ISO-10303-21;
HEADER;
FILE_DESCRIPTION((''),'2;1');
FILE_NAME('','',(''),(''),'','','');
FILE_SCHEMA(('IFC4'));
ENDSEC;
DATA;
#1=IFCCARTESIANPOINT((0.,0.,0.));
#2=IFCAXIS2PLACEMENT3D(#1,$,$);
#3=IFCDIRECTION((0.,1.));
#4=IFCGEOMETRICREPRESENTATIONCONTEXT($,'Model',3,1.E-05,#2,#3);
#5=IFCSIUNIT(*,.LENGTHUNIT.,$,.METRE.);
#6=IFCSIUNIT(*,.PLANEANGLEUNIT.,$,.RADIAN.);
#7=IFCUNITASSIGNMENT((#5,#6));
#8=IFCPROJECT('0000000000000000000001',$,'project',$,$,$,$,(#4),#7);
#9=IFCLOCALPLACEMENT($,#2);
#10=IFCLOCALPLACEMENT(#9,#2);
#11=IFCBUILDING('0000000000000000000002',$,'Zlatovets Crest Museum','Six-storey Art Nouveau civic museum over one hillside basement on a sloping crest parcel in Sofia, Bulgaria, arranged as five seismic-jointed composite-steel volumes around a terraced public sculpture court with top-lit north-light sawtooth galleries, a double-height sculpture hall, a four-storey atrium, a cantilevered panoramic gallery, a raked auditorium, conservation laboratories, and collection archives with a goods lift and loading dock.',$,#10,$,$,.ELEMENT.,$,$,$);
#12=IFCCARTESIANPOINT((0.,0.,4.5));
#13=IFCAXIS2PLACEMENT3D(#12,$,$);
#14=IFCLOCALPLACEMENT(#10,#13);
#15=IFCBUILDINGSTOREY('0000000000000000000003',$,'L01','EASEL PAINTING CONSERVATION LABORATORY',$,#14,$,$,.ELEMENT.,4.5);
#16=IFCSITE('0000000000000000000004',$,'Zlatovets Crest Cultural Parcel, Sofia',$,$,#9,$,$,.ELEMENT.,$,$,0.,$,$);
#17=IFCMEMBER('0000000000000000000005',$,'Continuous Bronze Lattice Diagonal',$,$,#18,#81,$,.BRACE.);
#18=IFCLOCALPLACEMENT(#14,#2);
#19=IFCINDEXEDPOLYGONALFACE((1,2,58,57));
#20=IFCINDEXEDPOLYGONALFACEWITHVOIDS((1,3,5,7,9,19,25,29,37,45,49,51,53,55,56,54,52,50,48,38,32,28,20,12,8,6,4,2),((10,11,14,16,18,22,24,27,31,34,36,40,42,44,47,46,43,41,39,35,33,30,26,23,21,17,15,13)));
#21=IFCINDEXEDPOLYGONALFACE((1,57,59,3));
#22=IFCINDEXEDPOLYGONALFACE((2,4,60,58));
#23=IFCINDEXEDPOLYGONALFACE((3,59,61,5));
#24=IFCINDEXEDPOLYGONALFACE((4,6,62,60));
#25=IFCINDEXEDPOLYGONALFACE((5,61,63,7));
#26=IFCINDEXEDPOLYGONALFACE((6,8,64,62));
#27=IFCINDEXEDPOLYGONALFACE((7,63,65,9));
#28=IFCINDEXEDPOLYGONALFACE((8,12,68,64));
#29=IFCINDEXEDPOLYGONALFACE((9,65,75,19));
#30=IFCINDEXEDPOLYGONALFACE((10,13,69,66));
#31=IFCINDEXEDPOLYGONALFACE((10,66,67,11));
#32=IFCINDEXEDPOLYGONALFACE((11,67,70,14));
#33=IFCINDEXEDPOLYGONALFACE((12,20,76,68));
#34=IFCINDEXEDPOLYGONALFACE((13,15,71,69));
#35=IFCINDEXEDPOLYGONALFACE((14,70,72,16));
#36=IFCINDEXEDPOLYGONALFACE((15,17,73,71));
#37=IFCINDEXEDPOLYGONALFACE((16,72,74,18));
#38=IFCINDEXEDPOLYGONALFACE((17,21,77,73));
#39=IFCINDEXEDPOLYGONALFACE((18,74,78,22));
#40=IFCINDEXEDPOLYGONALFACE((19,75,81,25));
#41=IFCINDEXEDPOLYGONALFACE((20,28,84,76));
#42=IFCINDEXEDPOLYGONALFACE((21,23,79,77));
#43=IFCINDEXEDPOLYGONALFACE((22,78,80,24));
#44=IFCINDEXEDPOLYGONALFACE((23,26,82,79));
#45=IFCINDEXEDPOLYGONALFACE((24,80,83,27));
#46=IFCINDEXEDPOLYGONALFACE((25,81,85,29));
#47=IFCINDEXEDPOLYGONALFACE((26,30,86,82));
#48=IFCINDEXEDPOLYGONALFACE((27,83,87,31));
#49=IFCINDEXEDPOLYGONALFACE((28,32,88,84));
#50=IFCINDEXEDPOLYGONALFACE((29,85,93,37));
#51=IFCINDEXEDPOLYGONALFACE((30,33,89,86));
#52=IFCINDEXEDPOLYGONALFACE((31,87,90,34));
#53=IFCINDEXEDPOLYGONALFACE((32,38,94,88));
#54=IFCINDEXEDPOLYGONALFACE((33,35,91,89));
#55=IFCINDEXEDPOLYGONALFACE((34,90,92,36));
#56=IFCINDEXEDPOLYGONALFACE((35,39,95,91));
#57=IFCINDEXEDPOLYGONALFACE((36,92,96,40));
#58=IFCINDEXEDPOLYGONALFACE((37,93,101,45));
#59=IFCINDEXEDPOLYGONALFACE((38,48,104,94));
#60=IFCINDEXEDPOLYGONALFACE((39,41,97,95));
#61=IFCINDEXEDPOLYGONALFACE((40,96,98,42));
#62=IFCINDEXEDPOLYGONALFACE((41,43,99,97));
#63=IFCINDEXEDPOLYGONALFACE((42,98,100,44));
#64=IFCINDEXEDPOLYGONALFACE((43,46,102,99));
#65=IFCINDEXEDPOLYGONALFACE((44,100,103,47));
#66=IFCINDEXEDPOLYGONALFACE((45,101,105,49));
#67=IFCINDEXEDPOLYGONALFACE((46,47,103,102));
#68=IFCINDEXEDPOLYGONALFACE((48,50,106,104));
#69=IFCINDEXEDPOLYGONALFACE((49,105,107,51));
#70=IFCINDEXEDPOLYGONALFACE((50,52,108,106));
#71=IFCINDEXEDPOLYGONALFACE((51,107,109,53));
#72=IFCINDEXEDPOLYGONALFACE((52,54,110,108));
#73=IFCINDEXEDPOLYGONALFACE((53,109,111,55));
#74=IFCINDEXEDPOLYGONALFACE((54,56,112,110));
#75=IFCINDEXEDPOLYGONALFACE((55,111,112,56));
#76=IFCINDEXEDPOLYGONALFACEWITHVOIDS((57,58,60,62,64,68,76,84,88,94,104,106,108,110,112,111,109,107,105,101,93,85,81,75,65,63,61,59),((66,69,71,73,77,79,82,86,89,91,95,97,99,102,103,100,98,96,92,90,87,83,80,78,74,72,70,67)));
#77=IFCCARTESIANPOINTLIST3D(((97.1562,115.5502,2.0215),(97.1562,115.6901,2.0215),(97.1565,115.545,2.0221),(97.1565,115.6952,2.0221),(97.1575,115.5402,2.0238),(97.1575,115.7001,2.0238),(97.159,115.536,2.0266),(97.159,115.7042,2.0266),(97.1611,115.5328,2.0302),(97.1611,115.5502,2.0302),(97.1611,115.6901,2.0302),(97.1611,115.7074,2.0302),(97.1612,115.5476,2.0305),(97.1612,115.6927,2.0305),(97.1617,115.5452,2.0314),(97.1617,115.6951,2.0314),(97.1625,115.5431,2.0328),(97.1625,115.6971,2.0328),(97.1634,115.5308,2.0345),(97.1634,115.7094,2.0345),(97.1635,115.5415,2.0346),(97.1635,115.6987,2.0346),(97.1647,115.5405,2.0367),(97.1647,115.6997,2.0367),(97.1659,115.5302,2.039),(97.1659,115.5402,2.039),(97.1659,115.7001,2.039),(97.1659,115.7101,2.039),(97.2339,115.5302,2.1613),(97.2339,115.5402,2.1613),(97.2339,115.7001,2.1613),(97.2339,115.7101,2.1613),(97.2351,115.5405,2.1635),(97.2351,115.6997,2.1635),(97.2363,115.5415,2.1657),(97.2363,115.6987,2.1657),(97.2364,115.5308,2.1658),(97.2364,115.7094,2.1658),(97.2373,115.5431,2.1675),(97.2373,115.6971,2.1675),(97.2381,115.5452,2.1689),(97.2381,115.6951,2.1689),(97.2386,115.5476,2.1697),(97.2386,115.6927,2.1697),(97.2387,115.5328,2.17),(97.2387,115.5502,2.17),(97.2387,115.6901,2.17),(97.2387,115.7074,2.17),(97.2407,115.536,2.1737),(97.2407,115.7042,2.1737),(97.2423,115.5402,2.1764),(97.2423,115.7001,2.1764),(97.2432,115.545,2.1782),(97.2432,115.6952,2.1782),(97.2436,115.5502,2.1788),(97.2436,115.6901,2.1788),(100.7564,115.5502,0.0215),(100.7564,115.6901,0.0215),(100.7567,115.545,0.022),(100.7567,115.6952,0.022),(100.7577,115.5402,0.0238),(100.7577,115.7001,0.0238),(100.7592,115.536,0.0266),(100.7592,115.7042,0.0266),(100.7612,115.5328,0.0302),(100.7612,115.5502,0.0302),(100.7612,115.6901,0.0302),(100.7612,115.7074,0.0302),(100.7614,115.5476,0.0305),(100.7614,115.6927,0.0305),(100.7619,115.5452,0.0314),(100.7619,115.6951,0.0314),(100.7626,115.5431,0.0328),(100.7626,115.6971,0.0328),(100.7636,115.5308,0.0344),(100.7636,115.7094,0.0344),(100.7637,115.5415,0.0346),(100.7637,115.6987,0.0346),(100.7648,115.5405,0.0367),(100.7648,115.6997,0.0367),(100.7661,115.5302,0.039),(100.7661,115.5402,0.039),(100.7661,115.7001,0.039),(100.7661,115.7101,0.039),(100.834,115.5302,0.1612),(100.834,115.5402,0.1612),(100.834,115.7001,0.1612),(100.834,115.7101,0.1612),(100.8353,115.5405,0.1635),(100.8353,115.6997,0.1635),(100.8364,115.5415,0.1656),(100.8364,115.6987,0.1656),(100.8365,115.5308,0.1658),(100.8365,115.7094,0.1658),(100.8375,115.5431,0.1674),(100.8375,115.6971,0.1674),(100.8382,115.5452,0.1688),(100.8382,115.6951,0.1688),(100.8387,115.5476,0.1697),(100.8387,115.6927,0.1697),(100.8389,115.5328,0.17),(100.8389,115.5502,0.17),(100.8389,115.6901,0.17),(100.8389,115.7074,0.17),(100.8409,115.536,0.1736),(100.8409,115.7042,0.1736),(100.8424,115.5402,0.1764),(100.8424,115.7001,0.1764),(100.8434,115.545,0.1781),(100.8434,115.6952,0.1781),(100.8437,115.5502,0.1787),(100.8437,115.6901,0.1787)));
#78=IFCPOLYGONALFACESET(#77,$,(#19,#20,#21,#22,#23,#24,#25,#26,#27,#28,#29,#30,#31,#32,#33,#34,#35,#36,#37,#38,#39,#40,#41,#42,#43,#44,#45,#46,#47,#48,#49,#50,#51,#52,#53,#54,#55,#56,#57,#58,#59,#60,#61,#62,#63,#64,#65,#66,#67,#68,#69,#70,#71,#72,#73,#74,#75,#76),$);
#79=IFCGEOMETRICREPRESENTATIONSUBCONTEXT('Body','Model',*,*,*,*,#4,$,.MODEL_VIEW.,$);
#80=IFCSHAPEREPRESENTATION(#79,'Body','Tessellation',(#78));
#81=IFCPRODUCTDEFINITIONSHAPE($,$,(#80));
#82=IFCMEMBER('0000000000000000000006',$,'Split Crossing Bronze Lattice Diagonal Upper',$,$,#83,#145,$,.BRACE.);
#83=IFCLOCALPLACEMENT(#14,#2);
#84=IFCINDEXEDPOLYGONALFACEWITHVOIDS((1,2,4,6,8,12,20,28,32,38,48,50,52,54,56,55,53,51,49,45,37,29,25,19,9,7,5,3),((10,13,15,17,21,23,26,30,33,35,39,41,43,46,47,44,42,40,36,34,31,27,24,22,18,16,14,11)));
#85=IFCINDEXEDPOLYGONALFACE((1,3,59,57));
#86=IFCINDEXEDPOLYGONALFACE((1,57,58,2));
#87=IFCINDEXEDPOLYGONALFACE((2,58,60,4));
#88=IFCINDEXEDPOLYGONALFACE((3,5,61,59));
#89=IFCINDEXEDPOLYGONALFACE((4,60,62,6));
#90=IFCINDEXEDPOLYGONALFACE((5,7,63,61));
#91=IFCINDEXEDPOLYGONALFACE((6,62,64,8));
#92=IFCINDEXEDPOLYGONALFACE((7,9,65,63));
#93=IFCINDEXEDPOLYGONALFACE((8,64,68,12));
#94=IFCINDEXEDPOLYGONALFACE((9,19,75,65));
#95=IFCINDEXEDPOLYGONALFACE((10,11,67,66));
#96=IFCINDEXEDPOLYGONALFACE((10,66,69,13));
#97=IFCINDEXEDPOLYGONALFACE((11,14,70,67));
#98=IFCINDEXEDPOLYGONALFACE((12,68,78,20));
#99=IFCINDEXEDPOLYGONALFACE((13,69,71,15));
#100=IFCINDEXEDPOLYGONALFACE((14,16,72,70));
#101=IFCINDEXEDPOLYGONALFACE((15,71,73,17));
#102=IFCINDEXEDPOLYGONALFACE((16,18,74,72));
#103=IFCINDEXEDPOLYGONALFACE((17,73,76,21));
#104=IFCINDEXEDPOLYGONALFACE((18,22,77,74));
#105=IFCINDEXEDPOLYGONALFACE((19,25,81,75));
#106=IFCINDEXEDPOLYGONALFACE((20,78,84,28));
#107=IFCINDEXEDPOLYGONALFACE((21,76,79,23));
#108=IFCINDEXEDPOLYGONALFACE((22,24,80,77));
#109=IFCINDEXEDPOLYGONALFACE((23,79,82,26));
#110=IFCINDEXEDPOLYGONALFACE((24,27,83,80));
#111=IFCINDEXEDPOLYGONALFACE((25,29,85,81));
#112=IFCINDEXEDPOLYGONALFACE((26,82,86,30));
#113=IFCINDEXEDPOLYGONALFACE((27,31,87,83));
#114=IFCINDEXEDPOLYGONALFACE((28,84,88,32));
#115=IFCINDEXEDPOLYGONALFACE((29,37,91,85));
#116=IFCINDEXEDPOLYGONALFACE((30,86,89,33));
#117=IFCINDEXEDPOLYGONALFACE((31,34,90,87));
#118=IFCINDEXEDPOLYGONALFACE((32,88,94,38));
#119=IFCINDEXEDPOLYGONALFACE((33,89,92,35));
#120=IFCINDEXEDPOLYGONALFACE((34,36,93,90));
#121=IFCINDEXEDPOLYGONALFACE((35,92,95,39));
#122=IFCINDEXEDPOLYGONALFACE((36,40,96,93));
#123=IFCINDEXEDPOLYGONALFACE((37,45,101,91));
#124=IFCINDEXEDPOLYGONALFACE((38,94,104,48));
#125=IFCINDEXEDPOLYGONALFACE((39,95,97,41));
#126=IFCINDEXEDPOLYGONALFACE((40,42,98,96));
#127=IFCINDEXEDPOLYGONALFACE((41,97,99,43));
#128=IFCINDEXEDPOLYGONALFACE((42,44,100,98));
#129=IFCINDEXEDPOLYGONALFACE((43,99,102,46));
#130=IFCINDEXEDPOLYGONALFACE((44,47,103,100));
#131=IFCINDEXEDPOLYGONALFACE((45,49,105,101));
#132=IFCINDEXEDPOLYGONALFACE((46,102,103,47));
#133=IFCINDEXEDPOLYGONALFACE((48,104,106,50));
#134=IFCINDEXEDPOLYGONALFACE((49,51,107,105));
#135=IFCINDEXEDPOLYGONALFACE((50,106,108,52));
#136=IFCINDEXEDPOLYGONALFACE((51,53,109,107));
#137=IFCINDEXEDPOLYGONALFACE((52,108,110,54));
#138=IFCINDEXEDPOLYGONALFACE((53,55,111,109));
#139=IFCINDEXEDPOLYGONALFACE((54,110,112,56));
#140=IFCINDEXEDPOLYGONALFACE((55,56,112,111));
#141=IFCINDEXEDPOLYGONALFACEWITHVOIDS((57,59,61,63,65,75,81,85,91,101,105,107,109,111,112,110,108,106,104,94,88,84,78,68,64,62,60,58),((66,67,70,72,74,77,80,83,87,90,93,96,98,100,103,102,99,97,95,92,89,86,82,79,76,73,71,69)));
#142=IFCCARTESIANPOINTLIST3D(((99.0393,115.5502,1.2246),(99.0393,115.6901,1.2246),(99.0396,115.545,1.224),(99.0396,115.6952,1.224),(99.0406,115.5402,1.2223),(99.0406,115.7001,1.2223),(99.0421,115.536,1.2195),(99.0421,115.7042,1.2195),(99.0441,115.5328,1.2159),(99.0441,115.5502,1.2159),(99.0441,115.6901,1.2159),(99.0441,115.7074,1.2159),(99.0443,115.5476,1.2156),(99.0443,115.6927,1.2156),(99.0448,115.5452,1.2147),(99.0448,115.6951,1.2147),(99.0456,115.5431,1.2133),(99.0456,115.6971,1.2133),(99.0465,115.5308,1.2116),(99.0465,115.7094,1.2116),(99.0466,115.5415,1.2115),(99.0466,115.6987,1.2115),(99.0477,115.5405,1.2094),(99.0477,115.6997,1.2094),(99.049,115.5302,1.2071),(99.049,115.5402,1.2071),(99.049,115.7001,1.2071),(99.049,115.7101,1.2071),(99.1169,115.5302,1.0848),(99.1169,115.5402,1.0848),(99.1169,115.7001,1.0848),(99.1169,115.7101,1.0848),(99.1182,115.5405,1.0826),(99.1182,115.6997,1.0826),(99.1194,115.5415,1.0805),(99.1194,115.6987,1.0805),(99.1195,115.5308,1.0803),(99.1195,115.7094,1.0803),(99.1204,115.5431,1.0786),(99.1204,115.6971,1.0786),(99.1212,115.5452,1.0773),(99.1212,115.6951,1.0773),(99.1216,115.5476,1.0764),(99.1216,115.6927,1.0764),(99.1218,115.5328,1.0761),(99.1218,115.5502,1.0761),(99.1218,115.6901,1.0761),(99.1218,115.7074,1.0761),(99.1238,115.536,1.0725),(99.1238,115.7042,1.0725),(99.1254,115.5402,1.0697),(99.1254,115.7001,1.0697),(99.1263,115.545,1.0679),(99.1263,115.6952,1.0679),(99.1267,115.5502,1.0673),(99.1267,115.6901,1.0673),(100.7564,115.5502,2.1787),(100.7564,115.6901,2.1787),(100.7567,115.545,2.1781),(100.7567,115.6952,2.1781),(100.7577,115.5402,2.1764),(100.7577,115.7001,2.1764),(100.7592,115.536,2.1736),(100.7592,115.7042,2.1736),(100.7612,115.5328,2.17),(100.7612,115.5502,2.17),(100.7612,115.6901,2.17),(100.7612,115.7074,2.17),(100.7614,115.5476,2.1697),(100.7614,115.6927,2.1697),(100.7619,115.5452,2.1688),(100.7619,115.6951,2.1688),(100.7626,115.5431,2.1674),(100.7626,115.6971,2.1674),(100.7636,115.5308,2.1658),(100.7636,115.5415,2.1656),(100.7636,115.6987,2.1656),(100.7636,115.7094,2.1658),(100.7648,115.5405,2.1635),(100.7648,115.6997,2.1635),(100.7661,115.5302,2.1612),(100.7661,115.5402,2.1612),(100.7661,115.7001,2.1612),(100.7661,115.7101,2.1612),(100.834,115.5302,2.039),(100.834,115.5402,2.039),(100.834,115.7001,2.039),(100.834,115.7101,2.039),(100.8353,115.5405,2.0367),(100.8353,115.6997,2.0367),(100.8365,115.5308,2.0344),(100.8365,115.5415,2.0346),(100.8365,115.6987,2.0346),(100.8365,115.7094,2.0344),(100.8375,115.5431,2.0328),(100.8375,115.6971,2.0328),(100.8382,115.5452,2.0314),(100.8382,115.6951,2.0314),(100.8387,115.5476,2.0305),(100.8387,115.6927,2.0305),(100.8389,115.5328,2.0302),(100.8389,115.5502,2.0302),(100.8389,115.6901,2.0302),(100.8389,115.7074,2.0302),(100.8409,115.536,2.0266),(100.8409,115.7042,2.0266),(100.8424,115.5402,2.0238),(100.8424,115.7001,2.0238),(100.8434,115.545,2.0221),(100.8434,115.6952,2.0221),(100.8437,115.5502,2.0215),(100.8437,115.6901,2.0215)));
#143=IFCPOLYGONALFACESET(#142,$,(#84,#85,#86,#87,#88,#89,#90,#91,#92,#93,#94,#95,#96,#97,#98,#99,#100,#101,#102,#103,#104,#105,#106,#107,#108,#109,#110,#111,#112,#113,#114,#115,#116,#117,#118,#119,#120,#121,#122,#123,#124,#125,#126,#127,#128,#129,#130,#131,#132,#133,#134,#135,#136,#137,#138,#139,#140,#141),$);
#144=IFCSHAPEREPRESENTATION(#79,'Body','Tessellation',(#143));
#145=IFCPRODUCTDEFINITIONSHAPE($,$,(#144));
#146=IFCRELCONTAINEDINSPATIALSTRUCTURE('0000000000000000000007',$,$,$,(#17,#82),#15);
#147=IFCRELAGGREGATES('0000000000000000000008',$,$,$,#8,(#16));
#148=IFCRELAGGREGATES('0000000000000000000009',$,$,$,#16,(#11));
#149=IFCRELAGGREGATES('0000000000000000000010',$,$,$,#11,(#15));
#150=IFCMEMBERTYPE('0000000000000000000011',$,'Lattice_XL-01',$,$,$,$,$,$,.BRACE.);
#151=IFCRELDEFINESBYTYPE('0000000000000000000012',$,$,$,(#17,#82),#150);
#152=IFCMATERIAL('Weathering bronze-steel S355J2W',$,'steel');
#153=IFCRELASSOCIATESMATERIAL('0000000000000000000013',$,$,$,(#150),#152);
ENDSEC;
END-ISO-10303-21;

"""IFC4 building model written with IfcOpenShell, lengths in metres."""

from ifc_helpers import new_model, si_unit, direction, frame, origin, origin_2d, place, context, subcontext, project, spatial, hollow_rectangle, extrude, material, material_profile, profile_set, type_object, element, save


model = new_model("IFC4")

# Units and contexts
model_context = context("Model", 3, precision=1e-05, world=origin(), true_north=direction((0.0, 1.0)))
body_context = subcontext(model_context, "Body", "Model", "MODEL_VIEW")
ifc_project = project(units=[si_unit("LENGTHUNIT", "METRE"), si_unit("PLANEANGLEUNIT", "RADIAN")], contexts=[model_context])

# Site, building, storey
site_placement = place(None, origin())
site = spatial("IfcSite", under=ifc_project, at=site_placement, Name="Zlatovets Crest Cultural Parcel, Sofia", CompositionType="ELEMENT", RefElevation=0.0)
building_placement = place(site_placement, origin())
building = spatial("IfcBuilding", under=site, at=building_placement, Name="Zlatovets Crest Museum", Description="Six-storey Art Nouveau civic museum over one hillside basement on a sloping crest parcel in Sofia, Bulgaria, arranged as five seismic-jointed composite-steel volumes around a terraced public sculpture court with top-lit north-light sawtooth galleries, a double-height sculpture hall, a four-storey atrium, a cantilevered panoramic gallery, a raked auditorium, conservation laboratories, and collection archives with a goods lift and loading dock.", CompositionType="ELEMENT")
storey_placement = place(building_placement, frame((0.0, 0.0, 4.5)))
storey = spatial("IfcBuildingStorey", under=building, at=storey_placement, Name="L01", Description="EASEL PAINTING CONSERVATION LABORATORY", CompositionType="ELEMENT", Elevation=4.5)

# Members
ifc_material_1 = material(Name="Weathering bronze-steel S355J2W", Category="steel")
ifc_material_profile_1 = material_profile(ifc_material_1, hollow_rectangle(XDim=0.1799, YDim=0.1799, WallThickness=0.01, InnerFilletRadius=0.01, OuterFilletRadius=0.02, at=origin_2d()), Name="SHS 180x180x10.0")
ifc_profile_set_1 = profile_set([ifc_material_profile_1], Name="Weathering bronze-steel S355J2W")
member_type_1 = type_object("IfcMemberType", Name="Lattice_XL-01", PredefinedType="BRACE", material=ifc_profile_set_1)
member_1_placement = place(storey_placement, frame((100.8, 115.6201, 0.1001), z_axis=(-0.874163, 0.0, 0.485633), x_axis=(0.0, -1.0, 0.0)))
element("IfcMember", 1, at=member_1_placement, inside=storey, type_object=member_type_1, Name="Continuous Bronze Lattice Diagonal", PredefinedType="BRACE", context=body_context, shape_type="SweptSolid", body=[
    extrude(hollow_rectangle(XDim=0.1799, YDim=0.1799, WallThickness=0.01, InnerFilletRadius=0.01, OuterFilletRadius=0.02, at=origin_2d()), origin(), (0.0, 0.0, 1.0), 4.1184),
])
member_2_placement = place(storey_placement, frame((100.8, 115.6201, 2.1001), z_axis=(-0.874116, 0.0, -0.485717), x_axis=(0.0, -1.0, 0.0)))
element("IfcMember", 2, at=member_2_placement, inside=storey, type_object=member_type_1, Name="Split Crossing Bronze Lattice Diagonal Upper", PredefinedType="BRACE", context=body_context, shape_type="SweptSolid", body=[
    extrude(hollow_rectangle(XDim=0.1799, YDim=0.1799, WallThickness=0.01, InnerFilletRadius=0.01, OuterFilletRadius=0.02, at=origin_2d()), origin(), (0.0, 0.0, 1.0), 1.9644),
])

save(model, "model.ifc")
